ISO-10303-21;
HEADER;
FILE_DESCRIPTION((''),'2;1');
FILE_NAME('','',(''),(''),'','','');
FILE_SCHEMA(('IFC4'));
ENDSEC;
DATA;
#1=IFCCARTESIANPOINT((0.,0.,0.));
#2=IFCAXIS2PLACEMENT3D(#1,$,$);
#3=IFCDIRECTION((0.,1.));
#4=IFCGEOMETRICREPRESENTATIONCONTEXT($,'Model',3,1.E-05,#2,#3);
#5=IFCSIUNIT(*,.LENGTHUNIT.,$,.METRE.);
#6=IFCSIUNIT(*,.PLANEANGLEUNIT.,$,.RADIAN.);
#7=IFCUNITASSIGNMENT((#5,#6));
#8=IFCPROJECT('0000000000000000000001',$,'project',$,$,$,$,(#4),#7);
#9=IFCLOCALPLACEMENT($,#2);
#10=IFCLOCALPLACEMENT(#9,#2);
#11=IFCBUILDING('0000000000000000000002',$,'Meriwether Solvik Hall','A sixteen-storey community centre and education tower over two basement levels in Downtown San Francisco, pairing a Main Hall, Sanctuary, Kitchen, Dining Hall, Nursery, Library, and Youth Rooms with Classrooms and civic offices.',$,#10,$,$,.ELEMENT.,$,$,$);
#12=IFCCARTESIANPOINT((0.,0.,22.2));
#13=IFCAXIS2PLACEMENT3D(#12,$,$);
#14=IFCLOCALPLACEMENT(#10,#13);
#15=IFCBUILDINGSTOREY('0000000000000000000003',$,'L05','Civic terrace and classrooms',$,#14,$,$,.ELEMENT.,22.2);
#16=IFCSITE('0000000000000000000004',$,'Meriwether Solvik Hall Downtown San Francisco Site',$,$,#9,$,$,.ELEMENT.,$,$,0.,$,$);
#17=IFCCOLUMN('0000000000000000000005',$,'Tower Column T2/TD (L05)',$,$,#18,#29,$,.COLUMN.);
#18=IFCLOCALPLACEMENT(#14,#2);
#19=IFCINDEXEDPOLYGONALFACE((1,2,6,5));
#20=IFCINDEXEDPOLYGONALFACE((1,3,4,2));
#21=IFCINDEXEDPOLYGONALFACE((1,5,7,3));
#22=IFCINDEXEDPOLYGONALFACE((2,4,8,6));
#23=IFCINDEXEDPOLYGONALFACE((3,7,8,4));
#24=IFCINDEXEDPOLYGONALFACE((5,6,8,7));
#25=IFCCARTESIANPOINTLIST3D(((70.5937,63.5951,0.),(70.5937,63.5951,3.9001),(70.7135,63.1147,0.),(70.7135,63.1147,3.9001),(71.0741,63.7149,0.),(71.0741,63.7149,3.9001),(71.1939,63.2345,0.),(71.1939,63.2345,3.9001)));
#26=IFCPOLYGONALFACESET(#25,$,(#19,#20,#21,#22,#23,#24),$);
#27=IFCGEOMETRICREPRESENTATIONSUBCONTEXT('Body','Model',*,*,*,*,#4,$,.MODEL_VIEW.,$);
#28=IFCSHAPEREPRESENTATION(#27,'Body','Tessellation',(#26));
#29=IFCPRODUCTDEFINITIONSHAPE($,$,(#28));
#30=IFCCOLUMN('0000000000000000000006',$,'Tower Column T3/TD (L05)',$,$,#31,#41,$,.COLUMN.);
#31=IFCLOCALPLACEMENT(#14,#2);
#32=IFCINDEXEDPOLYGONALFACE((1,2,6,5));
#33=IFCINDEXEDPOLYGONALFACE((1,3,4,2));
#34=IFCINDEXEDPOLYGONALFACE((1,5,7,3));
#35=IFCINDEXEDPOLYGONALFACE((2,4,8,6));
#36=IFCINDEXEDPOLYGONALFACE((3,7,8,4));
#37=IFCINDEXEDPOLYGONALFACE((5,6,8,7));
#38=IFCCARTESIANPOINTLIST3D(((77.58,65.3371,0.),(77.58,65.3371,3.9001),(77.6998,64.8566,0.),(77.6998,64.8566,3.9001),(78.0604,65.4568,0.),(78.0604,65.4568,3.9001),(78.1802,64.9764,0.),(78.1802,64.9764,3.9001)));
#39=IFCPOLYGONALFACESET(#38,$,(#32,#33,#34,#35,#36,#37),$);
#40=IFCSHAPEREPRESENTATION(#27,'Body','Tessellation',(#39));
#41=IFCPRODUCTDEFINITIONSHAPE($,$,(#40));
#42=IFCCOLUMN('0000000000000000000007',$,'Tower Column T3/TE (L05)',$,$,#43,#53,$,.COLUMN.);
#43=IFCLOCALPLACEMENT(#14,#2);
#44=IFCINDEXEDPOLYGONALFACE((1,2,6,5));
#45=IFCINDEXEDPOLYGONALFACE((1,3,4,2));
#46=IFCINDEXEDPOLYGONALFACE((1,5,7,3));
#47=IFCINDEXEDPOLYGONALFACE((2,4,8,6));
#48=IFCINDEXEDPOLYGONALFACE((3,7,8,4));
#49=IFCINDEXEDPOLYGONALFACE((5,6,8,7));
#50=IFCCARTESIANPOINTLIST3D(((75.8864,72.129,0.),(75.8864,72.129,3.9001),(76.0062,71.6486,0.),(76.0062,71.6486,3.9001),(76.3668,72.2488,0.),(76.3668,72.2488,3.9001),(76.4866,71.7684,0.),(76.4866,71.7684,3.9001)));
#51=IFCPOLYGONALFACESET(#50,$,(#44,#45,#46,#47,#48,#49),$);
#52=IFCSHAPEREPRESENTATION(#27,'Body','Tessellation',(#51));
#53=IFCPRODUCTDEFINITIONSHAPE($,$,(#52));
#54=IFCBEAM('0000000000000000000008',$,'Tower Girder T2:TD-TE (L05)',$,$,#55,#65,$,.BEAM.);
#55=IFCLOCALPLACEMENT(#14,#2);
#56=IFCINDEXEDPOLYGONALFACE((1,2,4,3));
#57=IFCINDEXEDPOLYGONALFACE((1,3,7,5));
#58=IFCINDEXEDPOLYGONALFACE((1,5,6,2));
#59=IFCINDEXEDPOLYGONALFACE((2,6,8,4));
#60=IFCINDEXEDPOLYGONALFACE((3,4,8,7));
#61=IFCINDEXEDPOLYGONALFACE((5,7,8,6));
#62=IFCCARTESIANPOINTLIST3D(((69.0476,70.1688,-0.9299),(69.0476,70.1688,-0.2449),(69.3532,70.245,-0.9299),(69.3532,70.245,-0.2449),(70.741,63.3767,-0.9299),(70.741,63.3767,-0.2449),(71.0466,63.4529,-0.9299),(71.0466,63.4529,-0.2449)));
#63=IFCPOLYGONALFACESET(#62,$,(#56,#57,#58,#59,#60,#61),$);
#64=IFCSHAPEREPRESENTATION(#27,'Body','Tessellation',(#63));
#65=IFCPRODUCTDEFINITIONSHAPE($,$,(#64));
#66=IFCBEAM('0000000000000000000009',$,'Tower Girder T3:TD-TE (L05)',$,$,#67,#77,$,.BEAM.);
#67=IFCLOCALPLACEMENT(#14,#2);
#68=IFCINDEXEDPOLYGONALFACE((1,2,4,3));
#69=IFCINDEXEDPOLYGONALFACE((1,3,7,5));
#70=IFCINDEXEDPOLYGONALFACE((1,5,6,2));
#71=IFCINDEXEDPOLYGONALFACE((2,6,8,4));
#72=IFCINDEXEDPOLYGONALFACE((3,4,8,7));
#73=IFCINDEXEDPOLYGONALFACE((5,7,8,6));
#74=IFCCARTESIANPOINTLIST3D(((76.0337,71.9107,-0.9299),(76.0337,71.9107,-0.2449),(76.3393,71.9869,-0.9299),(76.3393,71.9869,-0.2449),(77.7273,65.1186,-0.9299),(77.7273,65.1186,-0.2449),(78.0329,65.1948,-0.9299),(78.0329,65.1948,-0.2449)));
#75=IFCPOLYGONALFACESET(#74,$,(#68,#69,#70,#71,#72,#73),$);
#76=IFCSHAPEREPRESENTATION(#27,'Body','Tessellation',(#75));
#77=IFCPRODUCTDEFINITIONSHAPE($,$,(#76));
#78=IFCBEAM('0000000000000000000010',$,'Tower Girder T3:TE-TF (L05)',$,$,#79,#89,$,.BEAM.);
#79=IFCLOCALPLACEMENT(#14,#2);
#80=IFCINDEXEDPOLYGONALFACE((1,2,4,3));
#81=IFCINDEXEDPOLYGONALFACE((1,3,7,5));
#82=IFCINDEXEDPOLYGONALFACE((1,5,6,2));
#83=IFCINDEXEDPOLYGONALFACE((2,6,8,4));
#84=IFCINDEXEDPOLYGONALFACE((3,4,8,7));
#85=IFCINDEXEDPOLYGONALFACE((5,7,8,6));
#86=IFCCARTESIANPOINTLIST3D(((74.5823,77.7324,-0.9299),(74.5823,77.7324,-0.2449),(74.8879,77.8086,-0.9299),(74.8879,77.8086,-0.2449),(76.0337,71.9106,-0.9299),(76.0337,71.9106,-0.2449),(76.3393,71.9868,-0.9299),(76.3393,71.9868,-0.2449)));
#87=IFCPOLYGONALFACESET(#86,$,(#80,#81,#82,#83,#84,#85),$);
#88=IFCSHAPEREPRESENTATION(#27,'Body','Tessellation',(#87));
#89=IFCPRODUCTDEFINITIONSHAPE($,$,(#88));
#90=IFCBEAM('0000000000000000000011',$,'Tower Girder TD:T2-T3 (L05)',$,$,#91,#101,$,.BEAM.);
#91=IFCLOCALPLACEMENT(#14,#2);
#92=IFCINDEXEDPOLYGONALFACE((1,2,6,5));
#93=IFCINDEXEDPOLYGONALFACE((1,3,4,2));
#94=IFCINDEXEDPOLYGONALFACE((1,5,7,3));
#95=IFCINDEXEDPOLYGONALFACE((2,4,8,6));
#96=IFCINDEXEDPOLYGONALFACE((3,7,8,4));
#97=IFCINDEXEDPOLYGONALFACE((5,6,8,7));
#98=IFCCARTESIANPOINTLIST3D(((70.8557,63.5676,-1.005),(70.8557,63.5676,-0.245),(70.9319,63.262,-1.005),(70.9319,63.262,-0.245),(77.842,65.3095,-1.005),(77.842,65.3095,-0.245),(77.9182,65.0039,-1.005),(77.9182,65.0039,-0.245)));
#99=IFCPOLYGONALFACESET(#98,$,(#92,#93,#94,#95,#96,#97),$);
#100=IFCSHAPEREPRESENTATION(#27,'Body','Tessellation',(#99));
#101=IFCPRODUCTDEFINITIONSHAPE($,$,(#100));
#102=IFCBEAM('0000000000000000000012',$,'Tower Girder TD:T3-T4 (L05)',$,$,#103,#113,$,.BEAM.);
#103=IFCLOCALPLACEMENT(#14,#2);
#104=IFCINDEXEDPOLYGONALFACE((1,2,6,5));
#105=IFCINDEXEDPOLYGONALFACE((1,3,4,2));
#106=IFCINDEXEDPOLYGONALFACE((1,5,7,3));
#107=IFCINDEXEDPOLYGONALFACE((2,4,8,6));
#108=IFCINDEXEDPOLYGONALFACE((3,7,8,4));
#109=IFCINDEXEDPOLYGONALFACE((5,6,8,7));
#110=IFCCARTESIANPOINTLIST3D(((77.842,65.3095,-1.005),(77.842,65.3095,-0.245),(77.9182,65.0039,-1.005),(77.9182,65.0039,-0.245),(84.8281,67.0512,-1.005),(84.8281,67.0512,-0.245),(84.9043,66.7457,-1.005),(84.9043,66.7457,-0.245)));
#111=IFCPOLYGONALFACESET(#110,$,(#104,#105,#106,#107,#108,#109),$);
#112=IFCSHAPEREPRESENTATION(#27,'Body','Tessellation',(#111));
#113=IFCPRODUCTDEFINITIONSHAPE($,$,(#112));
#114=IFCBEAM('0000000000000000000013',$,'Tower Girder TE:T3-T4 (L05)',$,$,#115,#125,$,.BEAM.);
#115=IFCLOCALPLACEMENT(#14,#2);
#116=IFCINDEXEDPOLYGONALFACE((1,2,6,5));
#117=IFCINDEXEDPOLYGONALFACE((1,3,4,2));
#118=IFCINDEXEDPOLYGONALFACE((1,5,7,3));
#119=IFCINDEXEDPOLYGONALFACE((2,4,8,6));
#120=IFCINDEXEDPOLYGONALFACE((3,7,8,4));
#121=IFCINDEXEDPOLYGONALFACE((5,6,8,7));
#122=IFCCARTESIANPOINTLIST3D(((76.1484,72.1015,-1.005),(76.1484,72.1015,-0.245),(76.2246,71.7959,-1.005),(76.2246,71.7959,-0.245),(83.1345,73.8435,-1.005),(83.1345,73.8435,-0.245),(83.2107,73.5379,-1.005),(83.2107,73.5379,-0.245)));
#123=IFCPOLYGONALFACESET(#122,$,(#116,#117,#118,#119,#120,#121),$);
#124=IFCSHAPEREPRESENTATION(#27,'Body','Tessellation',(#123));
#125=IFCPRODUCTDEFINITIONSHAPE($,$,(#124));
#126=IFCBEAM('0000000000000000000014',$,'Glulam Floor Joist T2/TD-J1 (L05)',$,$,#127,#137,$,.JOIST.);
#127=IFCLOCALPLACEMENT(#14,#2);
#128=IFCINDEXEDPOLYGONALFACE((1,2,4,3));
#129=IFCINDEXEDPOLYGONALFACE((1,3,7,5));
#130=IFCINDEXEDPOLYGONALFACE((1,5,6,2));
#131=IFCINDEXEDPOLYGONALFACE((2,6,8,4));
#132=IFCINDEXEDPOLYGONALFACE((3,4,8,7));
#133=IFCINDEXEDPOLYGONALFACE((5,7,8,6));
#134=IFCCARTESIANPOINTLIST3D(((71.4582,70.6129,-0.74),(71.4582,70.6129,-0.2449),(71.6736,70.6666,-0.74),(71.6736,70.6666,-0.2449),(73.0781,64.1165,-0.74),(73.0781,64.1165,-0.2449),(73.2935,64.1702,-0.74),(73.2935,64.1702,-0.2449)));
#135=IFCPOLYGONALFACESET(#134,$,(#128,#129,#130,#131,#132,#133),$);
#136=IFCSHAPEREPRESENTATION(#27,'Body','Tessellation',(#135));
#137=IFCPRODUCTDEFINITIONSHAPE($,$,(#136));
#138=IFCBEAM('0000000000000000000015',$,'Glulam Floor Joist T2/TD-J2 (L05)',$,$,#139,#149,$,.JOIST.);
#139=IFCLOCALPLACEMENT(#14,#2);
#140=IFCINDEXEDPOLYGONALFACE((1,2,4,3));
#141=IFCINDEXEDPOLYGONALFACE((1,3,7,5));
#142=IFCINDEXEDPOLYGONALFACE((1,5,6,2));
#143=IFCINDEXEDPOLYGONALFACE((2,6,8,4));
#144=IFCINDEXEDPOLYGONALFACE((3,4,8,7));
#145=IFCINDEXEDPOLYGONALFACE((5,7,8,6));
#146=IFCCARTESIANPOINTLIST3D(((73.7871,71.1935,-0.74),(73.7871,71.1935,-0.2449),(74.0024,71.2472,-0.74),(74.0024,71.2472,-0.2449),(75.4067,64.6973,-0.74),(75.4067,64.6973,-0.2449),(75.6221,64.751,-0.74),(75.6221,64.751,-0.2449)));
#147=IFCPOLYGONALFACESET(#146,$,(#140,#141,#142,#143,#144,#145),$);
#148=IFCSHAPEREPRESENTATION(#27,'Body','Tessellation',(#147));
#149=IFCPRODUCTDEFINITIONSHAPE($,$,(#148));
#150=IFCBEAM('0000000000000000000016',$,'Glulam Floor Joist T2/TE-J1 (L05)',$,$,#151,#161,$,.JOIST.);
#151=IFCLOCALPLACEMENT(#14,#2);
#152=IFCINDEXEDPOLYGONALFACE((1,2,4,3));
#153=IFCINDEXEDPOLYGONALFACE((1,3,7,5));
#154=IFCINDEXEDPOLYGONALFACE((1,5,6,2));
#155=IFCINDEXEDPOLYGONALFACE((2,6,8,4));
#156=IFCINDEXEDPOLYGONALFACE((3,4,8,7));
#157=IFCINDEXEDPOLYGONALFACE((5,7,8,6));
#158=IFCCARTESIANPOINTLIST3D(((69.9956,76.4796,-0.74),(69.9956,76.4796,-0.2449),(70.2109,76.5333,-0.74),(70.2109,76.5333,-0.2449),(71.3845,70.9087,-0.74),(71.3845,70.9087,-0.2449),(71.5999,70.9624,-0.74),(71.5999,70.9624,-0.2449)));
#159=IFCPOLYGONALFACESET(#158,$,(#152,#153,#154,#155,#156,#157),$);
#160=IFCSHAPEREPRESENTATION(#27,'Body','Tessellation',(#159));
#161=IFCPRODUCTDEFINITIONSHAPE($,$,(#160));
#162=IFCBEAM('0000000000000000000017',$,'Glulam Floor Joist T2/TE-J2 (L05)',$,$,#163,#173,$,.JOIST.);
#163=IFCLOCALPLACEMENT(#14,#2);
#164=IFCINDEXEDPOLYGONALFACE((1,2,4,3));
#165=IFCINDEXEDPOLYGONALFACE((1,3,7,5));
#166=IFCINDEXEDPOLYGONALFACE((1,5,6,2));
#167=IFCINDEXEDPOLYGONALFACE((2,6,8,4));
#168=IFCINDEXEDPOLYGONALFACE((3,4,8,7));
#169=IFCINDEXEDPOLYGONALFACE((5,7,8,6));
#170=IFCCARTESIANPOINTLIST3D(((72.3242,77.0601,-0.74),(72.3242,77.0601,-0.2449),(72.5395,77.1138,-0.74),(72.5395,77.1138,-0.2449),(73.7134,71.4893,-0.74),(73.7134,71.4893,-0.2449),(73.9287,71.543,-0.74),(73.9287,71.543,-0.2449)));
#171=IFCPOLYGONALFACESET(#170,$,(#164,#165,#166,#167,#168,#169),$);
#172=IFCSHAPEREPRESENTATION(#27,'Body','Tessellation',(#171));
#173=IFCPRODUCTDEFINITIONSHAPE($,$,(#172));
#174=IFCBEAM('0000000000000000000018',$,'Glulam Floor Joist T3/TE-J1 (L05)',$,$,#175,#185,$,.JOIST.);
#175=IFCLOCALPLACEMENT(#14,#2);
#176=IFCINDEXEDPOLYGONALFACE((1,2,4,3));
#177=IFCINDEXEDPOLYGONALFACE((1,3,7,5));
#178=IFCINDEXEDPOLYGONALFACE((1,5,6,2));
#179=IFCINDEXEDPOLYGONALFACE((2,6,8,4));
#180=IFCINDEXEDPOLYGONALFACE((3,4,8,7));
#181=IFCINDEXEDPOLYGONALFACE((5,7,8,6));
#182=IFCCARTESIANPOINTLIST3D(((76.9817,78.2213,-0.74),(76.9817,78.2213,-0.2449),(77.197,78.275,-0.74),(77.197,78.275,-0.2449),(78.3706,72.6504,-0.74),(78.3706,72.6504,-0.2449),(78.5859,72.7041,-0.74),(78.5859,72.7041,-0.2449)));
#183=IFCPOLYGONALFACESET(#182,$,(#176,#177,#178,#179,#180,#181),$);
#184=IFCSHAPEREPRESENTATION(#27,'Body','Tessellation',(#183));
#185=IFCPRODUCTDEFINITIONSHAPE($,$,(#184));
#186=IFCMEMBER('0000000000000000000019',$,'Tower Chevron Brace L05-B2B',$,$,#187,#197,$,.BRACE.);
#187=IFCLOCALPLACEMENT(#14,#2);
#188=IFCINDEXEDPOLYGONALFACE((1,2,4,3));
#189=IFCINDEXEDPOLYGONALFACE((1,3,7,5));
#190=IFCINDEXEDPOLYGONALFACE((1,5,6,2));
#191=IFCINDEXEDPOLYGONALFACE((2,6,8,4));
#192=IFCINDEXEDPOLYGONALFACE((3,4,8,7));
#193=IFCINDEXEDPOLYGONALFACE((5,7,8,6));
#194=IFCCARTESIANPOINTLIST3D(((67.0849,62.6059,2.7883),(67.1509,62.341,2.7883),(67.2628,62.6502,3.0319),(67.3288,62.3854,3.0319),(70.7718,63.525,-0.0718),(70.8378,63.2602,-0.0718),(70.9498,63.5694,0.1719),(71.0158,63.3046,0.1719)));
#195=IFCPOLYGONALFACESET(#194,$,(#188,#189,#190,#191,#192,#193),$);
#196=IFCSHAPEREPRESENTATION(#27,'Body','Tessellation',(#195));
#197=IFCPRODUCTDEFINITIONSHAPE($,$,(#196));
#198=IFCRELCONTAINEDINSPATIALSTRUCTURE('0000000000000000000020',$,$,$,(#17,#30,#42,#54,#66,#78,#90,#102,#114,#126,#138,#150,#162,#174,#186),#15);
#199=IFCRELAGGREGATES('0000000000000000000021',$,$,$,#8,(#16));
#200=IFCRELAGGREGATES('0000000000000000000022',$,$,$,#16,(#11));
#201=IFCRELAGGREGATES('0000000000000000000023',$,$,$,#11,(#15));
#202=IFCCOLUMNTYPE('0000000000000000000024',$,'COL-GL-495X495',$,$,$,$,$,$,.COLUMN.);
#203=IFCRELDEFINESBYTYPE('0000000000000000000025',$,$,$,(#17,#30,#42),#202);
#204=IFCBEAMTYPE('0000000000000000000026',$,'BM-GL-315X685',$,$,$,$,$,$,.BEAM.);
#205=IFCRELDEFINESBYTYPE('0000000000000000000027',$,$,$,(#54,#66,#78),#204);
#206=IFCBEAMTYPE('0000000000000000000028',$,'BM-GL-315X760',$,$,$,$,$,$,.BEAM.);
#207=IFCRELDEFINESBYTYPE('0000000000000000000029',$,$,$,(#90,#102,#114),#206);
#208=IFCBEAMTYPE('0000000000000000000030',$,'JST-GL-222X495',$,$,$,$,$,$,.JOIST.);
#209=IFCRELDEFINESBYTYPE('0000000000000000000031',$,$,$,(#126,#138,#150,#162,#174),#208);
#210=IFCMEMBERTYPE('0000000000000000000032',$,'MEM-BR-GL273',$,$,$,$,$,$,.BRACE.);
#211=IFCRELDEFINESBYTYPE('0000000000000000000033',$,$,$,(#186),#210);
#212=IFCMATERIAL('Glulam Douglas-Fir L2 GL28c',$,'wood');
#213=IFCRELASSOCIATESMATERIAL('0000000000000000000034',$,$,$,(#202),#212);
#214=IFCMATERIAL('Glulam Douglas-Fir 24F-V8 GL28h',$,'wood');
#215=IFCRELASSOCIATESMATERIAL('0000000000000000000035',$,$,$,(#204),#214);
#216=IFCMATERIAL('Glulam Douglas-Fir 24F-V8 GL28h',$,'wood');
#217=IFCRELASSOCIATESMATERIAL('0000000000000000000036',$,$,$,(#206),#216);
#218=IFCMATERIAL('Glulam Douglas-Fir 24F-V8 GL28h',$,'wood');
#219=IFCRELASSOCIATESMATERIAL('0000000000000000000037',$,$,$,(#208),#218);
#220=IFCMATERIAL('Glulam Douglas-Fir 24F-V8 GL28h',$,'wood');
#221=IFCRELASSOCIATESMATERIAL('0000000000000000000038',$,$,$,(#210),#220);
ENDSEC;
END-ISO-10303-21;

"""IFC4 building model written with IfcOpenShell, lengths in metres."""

from ifc_helpers import new_model, si_unit, direction, frame, origin, origin_2d, place, context, subcontext, project, spatial, rectangle, extrude, material, material_profile, profile_set, type_object, element, save


model = new_model("IFC4")

# Units and contexts
model_context = context("Model", 3, precision=1e-05, world=origin(), true_north=direction((0.0, 1.0)))
body_context = subcontext(model_context, "Body", "Model", "MODEL_VIEW")
ifc_project = project(units=[si_unit("LENGTHUNIT", "METRE"), si_unit("PLANEANGLEUNIT", "RADIAN")], contexts=[model_context])

# Site, building, storey
site_placement = place(None, origin())
site = spatial("IfcSite", under=ifc_project, at=site_placement, Name="Meriwether Solvik Hall Downtown San Francisco Site", CompositionType="ELEMENT", RefElevation=0.0)
building_placement = place(site_placement, origin())
building = spatial("IfcBuilding", under=site, at=building_placement, Name="Meriwether Solvik Hall", Description="A sixteen-storey community centre and education tower over two basement levels in Downtown San Francisco, pairing a Main Hall, Sanctuary, Kitchen, Dining Hall, Nursery, Library, and Youth Rooms with Classrooms and civic offices.", CompositionType="ELEMENT")
storey_placement = place(building_placement, frame((0.0, 0.0, 22.2)))
storey = spatial("IfcBuildingStorey", under=building, at=storey_placement, Name="L05", Description="Civic terrace and classrooms", CompositionType="ELEMENT", Elevation=22.2)

# Columns
ifc_material_1 = material(Name="Glulam Douglas-Fir L2 GL28c", Category="wood")
ifc_material_profile_1 = material_profile(ifc_material_1, rectangle(XDim=0.4951, YDim=0.4951, at=origin_2d()), Name="GLC-495X495")
ifc_profile_set_1 = profile_set([ifc_material_profile_1], Name="Glulam Douglas-Fir L2 GL28c")
column_type = type_object("IfcColumnType", Name="COL-GL-495X495", PredefinedType="COLUMN", material=ifc_profile_set_1)
for number, where, z_axis, x_axis, name in (
    (1, (70.8938, 63.4148, 0.0), (0.0, 0.0, 1.0), (0.970296, 0.241922, 0.0), "Tower Column T2/TD (L05)"),
    (2, (77.8801, 65.1567, 0.0), (0.0, 0.0, 1.0), (0.970296, 0.241922, 0.0), "Tower Column T3/TD (L05)"),
    (3, (76.1865, 71.9487, 0.0), (0.0, 0.0, 1.0), (0.970296, 0.241922, 0.0), "Tower Column T3/TE (L05)"),
):
    element("IfcColumn", number, at=place(storey_placement, frame(where, z_axis=z_axis, x_axis=x_axis)), inside=storey, type_object=column_type, Name=name, PredefinedType="COLUMN", context=body_context, shape_type="SweptSolid", body=[
        extrude(rectangle(XDim=0.4951, YDim=0.4951, at=origin_2d()), origin(), (0.0, 0.0, 1.0), 3.9001),
    ])

# Beams
ifc_material_2 = material(Name="Glulam Douglas-Fir 24F-V8 GL28h", Category="wood")
ifc_material_profile_2 = material_profile(ifc_material_2, rectangle(XDim=0.3149, YDim=0.6851, at=origin_2d()), Name="GLB-315X685")
ifc_profile_set_2 = profile_set([ifc_material_profile_2], Name="Glulam Douglas-Fir 24F-V8 GL28h")
beam_type_1 = type_object("IfcBeamType", Name="BM-GL-315X685", PredefinedType="BEAM", material=ifc_profile_set_2)
for number, where, z_axis, x_axis, name in (
    (4, (70.8938, 63.4148, -0.5874), (-0.241912, 0.970298, 0.0), (-0.970298, -0.241912, 0.0), "Tower Girder T2:TD-TE (L05)"),
    (5, (77.8801, 65.1567, -0.5874), (-0.241945, 0.97029, 0.0), (-0.97029, -0.241945, 0.0), "Tower Girder T3:TD-TE (L05)"),
):
    element("IfcBeam", number, at=place(storey_placement, frame(where, z_axis=z_axis, x_axis=x_axis)), inside=storey, type_object=beam_type_1, Name=name, PredefinedType="BEAM", context=body_context, shape_type="SweptSolid", body=[
        extrude(rectangle(XDim=0.3149, YDim=0.6851, at=origin_2d()), origin(), (0.0, 0.0, 1.0), 7.0),
    ])
beam_1_placement = place(storey_placement, frame((76.1865, 71.9487, -0.5874), z_axis=(-0.241904, 0.9703, 0.0), x_axis=(-0.9703, -0.241904, 0.0)))
element("IfcBeam", 6, at=beam_1_placement, inside=storey, type_object=beam_type_1, Name="Tower Girder T3:TE-TF (L05)", PredefinedType="BEAM", context=body_context, shape_type="SweptSolid", body=[
    extrude(rectangle(XDim=0.3149, YDim=0.6851, at=origin_2d()), origin(), (0.0, 0.0, 1.0), 6.0),
])
ifc_material_3 = material(Name="Glulam Douglas-Fir 24F-V8 GL28h", Category="wood")
ifc_material_profile_3 = material_profile(ifc_material_3, rectangle(XDim=0.3149, YDim=0.76, at=origin_2d()), Name="GLB-315X760")
ifc_profile_set_3 = profile_set([ifc_material_profile_3], Name="Glulam Douglas-Fir 24F-V8 GL28h")
beam_type_2 = type_object("IfcBeamType", Name="BM-GL-315X760", PredefinedType="BEAM", material=ifc_profile_set_3)
beam_2_placement = place(storey_placement, frame((70.8938, 63.4148, -0.625), z_axis=(0.970294, 0.241929, 0.0), x_axis=(-0.241929, 0.970294, 0.0)))
element("IfcBeam", 7, at=beam_2_placement, inside=storey, type_object=beam_type_2, Name="Tower Girder TD:T2-T3 (L05)", PredefinedType="BEAM", context=body_context, shape_type="SweptSolid", body=[
    extrude(rectangle(XDim=0.3149, YDim=0.76, at=origin_2d()), origin(), (0.0, 0.0, 1.0), 7.2002),
])
for number, where, z_axis, x_axis, name in (
    (8, (77.8801, 65.1567, -0.625), (0.9703, 0.241905, 0.0), (-0.241905, 0.9703, 0.0), "Tower Girder TD:T3-T4 (L05)"),
    (9, (76.1865, 71.9487, -0.625), (0.970292, 0.241937, 0.0), (-0.241937, 0.970292, 0.0), "Tower Girder TE:T3-T4 (L05)"),
):
    element("IfcBeam", number, at=place(storey_placement, frame(where, z_axis=z_axis, x_axis=x_axis)), inside=storey, type_object=beam_type_2, Name=name, PredefinedType="BEAM", context=body_context, shape_type="SweptSolid", body=[
        extrude(rectangle(XDim=0.3149, YDim=0.76, at=origin_2d()), origin(), (0.0, 0.0, 1.0), 7.2),
    ])
ifc_material_4 = material(Name="Glulam Douglas-Fir 24F-V8 GL28h", Category="wood")
ifc_material_profile_4 = material_profile(ifc_material_4, rectangle(XDim=0.2219, YDim=0.4951, at=origin_2d()), Name="GLJ-222X495")
ifc_profile_set_4 = profile_set([ifc_material_profile_4], Name="Glulam Douglas-Fir 24F-V8 GL28h")
beam_type_3 = type_object("IfcBeamType", Name="JST-GL-222X495", PredefinedType="JOIST", material=ifc_profile_set_4)
beam_3_placement = place(storey_placement, frame((73.1858, 64.1433, -0.4924), z_axis=(-0.241944, 0.97029, 0.0), x_axis=(-0.97029, -0.241944, 0.0)))
element("IfcBeam", 10, at=beam_3_placement, inside=storey, type_object=beam_type_3, Name="Glulam Floor Joist T2/TD-J1 (L05)", PredefinedType="JOIST", context=body_context, shape_type="SweptSolid", body=[
    extrude(rectangle(XDim=0.2219, YDim=0.4951, at=origin_2d()), origin(), (0.0, 0.0, 1.0), 6.6953),
])
beam_4_placement = place(storey_placement, frame((75.5144, 64.7241, -0.4924), z_axis=(-0.241918, 0.970297, 0.0), x_axis=(-0.970297, -0.241918, 0.0)))
element("IfcBeam", 11, at=beam_4_placement, inside=storey, type_object=beam_type_3, Name="Glulam Floor Joist T2/TD-J2 (L05)", PredefinedType="JOIST", context=body_context, shape_type="SweptSolid", body=[
    extrude(rectangle(XDim=0.2219, YDim=0.4951, at=origin_2d()), origin(), (0.0, 0.0, 1.0), 6.6951),
])
for number, where, z_axis, x_axis, name in (
    (12, (71.4922, 70.9355, -0.4924), (-0.241915, 0.970297, 0.0), (-0.970297, -0.241915, 0.0), "Glulam Floor Joist T2/TE-J1 (L05)"),
    (13, (73.821, 71.5161, -0.4924), (-0.241955, 0.970287, 0.0), (-0.970287, -0.241955, 0.0), "Glulam Floor Joist T2/TE-J2 (L05)"),
    (14, (78.4783, 72.6772, -0.4924), (-0.241905, 0.9703, 0.0), (-0.9703, -0.241905, 0.0), "Glulam Floor Joist T3/TE-J1 (L05)"),
):
    element("IfcBeam", number, at=place(storey_placement, frame(where, z_axis=z_axis, x_axis=x_axis)), inside=storey, type_object=beam_type_3, Name=name, PredefinedType="JOIST", context=body_context, shape_type="SweptSolid", body=[
        extrude(rectangle(XDim=0.2219, YDim=0.4951, at=origin_2d()), origin(), (0.0, 0.0, 1.0), 5.7415),
    ])

# Member
ifc_material_5 = material(Name="Glulam Douglas-Fir 24F-V8 GL28h", Category="wood")
ifc_material_profile_5 = material_profile(ifc_material_5, rectangle(XDim=0.2729, YDim=0.3049, at=origin_2d()), Name="GLM-273X305")
ifc_profile_set_5 = profile_set([ifc_material_profile_5], Name="Glulam Douglas-Fir 24F-V8 GL28h")
member_type = type_object("IfcMemberType", Name="MEM-BR-GL273", PredefinedType="BRACE", material=ifc_profile_set_5)
member_placement = place(storey_placement, frame((70.8938, 63.4148, 0.05), z_axis=(-0.77524, -0.193271, 0.601373), x_axis=(0.241901, -0.970301, 0.0)))
element("IfcMember", 15, at=member_placement, inside=storey, type_object=member_type, Name="Tower Chevron Brace L05-B2B", PredefinedType="BRACE", context=body_context, shape_type="SweptSolid", body=[
    extrude(rectangle(XDim=0.2729, YDim=0.3049, at=origin_2d()), origin(), (0.0, 0.0, 1.0), 4.7559),
])

save(model, "model.ifc")
